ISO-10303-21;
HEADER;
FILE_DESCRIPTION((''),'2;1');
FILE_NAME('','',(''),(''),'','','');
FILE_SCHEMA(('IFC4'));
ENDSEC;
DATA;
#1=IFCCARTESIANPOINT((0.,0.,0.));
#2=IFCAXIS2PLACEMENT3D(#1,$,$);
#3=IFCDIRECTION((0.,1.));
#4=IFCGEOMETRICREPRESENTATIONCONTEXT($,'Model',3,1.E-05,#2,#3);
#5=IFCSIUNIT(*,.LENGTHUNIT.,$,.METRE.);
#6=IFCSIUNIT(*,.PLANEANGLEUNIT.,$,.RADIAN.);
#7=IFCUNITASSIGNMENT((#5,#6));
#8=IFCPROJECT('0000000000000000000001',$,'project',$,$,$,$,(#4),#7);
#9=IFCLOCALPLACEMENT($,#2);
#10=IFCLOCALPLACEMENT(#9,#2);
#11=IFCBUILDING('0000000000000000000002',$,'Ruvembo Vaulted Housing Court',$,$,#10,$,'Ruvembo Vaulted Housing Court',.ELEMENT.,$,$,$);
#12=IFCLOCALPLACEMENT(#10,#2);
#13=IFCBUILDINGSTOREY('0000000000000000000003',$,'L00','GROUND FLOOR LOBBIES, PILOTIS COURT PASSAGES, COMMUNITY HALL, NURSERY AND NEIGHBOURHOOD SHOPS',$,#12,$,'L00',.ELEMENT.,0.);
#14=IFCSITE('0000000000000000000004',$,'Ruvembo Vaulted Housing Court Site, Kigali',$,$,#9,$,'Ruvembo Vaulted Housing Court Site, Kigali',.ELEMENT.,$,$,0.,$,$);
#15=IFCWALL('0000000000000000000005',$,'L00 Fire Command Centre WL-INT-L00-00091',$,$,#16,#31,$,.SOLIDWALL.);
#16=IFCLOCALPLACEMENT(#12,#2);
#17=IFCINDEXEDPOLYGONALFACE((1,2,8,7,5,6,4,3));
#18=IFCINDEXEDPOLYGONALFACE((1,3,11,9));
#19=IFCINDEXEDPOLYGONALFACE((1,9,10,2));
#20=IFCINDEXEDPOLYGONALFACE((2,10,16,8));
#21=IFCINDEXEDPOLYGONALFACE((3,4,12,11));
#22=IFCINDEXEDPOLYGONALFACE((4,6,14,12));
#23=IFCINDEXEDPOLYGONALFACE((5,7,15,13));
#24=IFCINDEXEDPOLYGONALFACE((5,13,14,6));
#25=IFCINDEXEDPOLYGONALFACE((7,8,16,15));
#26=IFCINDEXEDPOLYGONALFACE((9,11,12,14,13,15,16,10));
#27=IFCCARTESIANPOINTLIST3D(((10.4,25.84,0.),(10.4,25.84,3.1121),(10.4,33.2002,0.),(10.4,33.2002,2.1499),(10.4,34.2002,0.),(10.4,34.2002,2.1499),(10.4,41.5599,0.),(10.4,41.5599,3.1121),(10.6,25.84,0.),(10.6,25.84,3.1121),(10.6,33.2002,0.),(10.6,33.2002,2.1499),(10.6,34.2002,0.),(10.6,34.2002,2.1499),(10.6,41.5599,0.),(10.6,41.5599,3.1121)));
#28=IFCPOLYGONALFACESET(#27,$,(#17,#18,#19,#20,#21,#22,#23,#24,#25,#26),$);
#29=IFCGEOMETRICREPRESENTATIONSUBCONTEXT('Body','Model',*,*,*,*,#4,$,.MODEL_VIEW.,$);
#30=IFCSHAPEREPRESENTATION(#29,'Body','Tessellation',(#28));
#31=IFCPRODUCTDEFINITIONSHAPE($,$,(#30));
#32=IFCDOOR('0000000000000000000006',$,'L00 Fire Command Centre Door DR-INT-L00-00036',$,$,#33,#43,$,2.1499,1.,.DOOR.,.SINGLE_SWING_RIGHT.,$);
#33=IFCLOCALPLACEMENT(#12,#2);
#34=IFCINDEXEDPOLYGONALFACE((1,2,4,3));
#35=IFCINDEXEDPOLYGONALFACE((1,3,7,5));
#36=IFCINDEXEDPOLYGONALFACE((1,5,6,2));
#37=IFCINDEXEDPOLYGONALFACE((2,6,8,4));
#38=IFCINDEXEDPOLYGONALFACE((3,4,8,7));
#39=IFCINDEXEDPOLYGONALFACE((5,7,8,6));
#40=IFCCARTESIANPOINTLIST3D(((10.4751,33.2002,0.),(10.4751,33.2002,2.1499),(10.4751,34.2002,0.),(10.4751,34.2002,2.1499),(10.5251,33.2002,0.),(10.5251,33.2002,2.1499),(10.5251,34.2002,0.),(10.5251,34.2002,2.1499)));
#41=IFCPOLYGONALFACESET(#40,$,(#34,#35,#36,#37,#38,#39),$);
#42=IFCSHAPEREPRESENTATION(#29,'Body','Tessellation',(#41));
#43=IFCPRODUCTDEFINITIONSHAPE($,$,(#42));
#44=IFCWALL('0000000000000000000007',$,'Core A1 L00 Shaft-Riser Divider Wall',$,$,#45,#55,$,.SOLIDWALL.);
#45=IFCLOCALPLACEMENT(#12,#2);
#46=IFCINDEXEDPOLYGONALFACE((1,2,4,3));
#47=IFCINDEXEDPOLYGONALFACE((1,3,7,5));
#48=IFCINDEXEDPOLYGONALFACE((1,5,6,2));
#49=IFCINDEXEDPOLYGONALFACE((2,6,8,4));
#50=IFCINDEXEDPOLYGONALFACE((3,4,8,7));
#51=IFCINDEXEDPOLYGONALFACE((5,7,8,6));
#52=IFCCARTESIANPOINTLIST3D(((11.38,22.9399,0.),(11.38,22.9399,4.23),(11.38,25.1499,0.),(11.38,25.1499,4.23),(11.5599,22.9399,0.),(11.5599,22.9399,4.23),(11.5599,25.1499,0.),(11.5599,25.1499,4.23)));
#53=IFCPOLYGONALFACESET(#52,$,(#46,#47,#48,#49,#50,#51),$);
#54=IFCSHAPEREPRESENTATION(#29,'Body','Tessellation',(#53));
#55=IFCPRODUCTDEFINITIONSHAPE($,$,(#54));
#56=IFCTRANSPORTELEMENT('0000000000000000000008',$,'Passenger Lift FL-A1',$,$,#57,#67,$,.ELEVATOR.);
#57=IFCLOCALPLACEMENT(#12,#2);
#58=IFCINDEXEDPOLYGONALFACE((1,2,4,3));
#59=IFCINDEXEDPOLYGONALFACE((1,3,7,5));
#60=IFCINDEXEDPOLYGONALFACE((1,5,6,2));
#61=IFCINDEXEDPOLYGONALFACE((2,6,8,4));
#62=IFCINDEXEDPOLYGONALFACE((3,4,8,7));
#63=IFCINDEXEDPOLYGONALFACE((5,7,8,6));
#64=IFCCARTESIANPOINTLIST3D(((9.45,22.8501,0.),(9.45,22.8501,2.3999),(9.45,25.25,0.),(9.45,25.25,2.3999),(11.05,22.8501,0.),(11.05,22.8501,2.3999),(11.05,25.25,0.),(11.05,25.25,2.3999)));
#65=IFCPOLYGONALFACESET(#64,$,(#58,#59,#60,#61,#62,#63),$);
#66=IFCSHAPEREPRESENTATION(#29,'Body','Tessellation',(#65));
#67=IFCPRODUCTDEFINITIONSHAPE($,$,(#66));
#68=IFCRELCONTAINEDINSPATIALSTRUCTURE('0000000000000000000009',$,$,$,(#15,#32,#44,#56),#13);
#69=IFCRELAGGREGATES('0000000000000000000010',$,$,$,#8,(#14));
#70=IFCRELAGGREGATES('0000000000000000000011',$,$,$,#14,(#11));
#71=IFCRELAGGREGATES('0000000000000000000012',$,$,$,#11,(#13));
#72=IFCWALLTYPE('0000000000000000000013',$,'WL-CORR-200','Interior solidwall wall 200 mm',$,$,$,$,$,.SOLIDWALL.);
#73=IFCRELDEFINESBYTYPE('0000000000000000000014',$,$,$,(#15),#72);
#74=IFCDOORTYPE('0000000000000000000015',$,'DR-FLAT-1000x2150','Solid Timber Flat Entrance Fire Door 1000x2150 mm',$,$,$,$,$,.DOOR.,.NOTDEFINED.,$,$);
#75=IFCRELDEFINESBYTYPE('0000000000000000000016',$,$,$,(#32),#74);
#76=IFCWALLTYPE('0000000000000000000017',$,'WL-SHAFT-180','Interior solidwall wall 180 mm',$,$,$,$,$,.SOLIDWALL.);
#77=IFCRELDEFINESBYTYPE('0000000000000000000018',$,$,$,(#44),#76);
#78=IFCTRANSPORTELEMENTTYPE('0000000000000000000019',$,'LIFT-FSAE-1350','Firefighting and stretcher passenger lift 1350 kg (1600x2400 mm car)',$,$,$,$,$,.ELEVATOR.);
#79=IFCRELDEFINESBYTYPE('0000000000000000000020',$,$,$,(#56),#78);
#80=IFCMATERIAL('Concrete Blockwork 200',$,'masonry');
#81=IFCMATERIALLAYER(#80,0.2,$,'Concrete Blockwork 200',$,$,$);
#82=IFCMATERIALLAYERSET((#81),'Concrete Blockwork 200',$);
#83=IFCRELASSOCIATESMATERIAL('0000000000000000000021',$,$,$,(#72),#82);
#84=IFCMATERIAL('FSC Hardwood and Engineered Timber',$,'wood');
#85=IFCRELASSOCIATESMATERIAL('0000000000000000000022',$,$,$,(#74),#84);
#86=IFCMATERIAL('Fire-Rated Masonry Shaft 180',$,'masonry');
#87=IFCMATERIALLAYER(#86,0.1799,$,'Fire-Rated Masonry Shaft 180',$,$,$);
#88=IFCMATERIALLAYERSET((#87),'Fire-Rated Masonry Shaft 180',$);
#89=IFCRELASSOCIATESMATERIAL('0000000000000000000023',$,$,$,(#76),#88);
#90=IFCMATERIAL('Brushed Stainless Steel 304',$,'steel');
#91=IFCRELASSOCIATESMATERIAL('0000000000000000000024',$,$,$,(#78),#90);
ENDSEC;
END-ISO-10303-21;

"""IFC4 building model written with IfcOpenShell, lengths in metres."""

from ifc_helpers import new_model, si_unit, direction, frame, frame_2d, origin, origin_2d, place, context, subcontext, project, spatial, rectangle, extrude, material, layer, layer_set, type_object, element, fill, save


model = new_model("IFC4")

# Units and contexts
model_context = context("Model", 3, precision=1e-05, world=origin(), true_north=direction((0.0, 1.0)))
body_context = subcontext(model_context, "Body", "Model", "MODEL_VIEW")
ifc_project = project(units=[si_unit("LENGTHUNIT", "METRE"), si_unit("PLANEANGLEUNIT", "RADIAN")], contexts=[model_context])

# Site, building, storey
site_placement = place(None, origin())
site = spatial("IfcSite", under=ifc_project, at=site_placement, Name="Ruvembo Vaulted Housing Court Site, Kigali", LongName="Ruvembo Vaulted Housing Court Site, Kigali", CompositionType="ELEMENT", RefElevation=0.0)
building_placement = place(site_placement, origin())
building = spatial("IfcBuilding", under=site, at=building_placement, Name="Ruvembo Vaulted Housing Court", LongName="Ruvembo Vaulted Housing Court", CompositionType="ELEMENT")
storey_placement = place(building_placement, origin())
storey = spatial("IfcBuildingStorey", under=building, at=storey_placement, Name="L00", Description="GROUND FLOOR LOBBIES, PILOTIS COURT PASSAGES, COMMUNITY HALL, NURSERY AND NEIGHBOURHOOD SHOPS", LongName="L00", CompositionType="ELEMENT", Elevation=0.0)

# Shared definitions
ifc_material_1 = material(Name="Concrete Blockwork 200", Category="masonry")
ifc_layer_1 = layer(ifc_material_1, 0.2, Name="Concrete Blockwork 200")
ifc_layer_set_1 = layer_set([ifc_layer_1], Name="Concrete Blockwork 200")
wall_type_1 = type_object("IfcWallType", Name="WL-CORR-200", Description="Interior solidwall wall 200 mm", PredefinedType="SOLIDWALL", material=ifc_layer_set_1)

# Wall, opening, door
ifc_material_2 = material(Name="FSC Hardwood and Engineered Timber", Category="wood")
wall_1_placement = place(storey_placement, frame((10.5, 25.8401, 0.0), z_axis=(0.0, 0.0, 1.0), x_axis=(0.0, 1.0, 0.0)))
wall_1 = element("IfcWall", 1, at=wall_1_placement, inside=storey, type_object=wall_type_1, Name="L00 Fire Command Centre WL-INT-L00-00091", PredefinedType="SOLIDWALL", context=body_context, shape_type="SweptSolid", body=[
    extrude(rectangle(XDim=15.72, YDim=0.2, at=frame_2d((7.8599, 0.0))), origin(), (0.0, 0.0, 1.0), 3.1121),
])
opening_1_placement = place(wall_1_placement, frame((7.3601, 0.0, 0.0)))
opening_1 = element("IfcOpeningElement", 2, at=opening_1_placement, cuts=wall_1, PredefinedType="OPENING", context=body_context, shape_type="SweptSolid", body=[
    extrude(rectangle(XDim=1.0, YDim=2.1499, at=frame_2d((0.5, 1.075))), frame((0.0, 0.1099, 0.0), z_axis=(0.0, -1.0, 0.0), x_axis=(1.0, 0.0, 0.0)), (0.0, 0.0, 1.0), 0.22),
])
door_type_1 = type_object("IfcDoorType", Name="DR-FLAT-1000x2150", Description="Solid Timber Flat Entrance Fire Door 1000x2150 mm", OperationType="NOTDEFINED", PredefinedType="DOOR", material=ifc_material_2)
door_1_placement = place(opening_1_placement, origin())
door_1 = element("IfcDoor", 3, at=door_1_placement, inside=storey, type_object=door_type_1, Name="L00 Fire Command Centre Door DR-INT-L00-00036", OperationType="SINGLE_SWING_RIGHT", OverallHeight=2.1499, OverallWidth=1.0, PredefinedType="DOOR", context=body_context, shape_type="SweptSolid", body=[
    extrude(rectangle(XDim=1.0, YDim=2.1499, at=frame_2d((0.5, 1.075))), frame((0.0, 0.0249, 0.0), z_axis=(0.0, -1.0, 0.0), x_axis=(1.0, 0.0, 0.0)), (0.0, 0.0, 1.0), 0.05),
])
fill(opening_1, door_1)

# Shared definitions
ifc_material_3 = material(Name="Fire-Rated Masonry Shaft 180", Category="masonry")
ifc_layer_2 = layer(ifc_material_3, 0.1799, Name="Fire-Rated Masonry Shaft 180")
ifc_layer_set_2 = layer_set([ifc_layer_2], Name="Fire-Rated Masonry Shaft 180")
wall_type_2 = type_object("IfcWallType", Name="WL-SHAFT-180", Description="Interior solidwall wall 180 mm", PredefinedType="SOLIDWALL", material=ifc_layer_set_2)
ifc_material_4 = material(Name="Brushed Stainless Steel 304", Category="steel")

# Wall
wall_2_placement = place(storey_placement, frame((11.47, 22.9399, 0.0), z_axis=(0.0, 0.0, 1.0), x_axis=(0.0, 1.0, 0.0)))
element("IfcWall", 4, at=wall_2_placement, inside=storey, type_object=wall_type_2, Name="Core A1 L00 Shaft-Riser Divider Wall", PredefinedType="SOLIDWALL", context=body_context, shape_type="SweptSolid", body=[
    extrude(rectangle(XDim=2.21, YDim=0.1799, at=frame_2d((1.105, 0.0))), origin(), (0.0, 0.0, 1.0), 4.23),
])

# Transport element
transport_element_type = type_object("IfcTransportElementType", Name="LIFT-FSAE-1350", Description="Firefighting and stretcher passenger lift 1350 kg (1600x2400 mm car)", PredefinedType="ELEVATOR", material=ifc_material_4)
transport_element_placement = place(storey_placement, frame((10.25, 24.05, 0.0), z_axis=(0.0, 0.0, 1.0), x_axis=(1.0, 0.0, 0.0)))
element("IfcTransportElement", 5, at=transport_element_placement, inside=storey, type_object=transport_element_type, Name="Passenger Lift FL-A1", PredefinedType="ELEVATOR", context=body_context, shape_type="SweptSolid", body=[
    extrude(rectangle(XDim=1.6001, YDim=2.3999, at=origin_2d()), origin(), (0.0, 0.0, 1.0), 2.3999),
])

save(model, "model.ifc")
